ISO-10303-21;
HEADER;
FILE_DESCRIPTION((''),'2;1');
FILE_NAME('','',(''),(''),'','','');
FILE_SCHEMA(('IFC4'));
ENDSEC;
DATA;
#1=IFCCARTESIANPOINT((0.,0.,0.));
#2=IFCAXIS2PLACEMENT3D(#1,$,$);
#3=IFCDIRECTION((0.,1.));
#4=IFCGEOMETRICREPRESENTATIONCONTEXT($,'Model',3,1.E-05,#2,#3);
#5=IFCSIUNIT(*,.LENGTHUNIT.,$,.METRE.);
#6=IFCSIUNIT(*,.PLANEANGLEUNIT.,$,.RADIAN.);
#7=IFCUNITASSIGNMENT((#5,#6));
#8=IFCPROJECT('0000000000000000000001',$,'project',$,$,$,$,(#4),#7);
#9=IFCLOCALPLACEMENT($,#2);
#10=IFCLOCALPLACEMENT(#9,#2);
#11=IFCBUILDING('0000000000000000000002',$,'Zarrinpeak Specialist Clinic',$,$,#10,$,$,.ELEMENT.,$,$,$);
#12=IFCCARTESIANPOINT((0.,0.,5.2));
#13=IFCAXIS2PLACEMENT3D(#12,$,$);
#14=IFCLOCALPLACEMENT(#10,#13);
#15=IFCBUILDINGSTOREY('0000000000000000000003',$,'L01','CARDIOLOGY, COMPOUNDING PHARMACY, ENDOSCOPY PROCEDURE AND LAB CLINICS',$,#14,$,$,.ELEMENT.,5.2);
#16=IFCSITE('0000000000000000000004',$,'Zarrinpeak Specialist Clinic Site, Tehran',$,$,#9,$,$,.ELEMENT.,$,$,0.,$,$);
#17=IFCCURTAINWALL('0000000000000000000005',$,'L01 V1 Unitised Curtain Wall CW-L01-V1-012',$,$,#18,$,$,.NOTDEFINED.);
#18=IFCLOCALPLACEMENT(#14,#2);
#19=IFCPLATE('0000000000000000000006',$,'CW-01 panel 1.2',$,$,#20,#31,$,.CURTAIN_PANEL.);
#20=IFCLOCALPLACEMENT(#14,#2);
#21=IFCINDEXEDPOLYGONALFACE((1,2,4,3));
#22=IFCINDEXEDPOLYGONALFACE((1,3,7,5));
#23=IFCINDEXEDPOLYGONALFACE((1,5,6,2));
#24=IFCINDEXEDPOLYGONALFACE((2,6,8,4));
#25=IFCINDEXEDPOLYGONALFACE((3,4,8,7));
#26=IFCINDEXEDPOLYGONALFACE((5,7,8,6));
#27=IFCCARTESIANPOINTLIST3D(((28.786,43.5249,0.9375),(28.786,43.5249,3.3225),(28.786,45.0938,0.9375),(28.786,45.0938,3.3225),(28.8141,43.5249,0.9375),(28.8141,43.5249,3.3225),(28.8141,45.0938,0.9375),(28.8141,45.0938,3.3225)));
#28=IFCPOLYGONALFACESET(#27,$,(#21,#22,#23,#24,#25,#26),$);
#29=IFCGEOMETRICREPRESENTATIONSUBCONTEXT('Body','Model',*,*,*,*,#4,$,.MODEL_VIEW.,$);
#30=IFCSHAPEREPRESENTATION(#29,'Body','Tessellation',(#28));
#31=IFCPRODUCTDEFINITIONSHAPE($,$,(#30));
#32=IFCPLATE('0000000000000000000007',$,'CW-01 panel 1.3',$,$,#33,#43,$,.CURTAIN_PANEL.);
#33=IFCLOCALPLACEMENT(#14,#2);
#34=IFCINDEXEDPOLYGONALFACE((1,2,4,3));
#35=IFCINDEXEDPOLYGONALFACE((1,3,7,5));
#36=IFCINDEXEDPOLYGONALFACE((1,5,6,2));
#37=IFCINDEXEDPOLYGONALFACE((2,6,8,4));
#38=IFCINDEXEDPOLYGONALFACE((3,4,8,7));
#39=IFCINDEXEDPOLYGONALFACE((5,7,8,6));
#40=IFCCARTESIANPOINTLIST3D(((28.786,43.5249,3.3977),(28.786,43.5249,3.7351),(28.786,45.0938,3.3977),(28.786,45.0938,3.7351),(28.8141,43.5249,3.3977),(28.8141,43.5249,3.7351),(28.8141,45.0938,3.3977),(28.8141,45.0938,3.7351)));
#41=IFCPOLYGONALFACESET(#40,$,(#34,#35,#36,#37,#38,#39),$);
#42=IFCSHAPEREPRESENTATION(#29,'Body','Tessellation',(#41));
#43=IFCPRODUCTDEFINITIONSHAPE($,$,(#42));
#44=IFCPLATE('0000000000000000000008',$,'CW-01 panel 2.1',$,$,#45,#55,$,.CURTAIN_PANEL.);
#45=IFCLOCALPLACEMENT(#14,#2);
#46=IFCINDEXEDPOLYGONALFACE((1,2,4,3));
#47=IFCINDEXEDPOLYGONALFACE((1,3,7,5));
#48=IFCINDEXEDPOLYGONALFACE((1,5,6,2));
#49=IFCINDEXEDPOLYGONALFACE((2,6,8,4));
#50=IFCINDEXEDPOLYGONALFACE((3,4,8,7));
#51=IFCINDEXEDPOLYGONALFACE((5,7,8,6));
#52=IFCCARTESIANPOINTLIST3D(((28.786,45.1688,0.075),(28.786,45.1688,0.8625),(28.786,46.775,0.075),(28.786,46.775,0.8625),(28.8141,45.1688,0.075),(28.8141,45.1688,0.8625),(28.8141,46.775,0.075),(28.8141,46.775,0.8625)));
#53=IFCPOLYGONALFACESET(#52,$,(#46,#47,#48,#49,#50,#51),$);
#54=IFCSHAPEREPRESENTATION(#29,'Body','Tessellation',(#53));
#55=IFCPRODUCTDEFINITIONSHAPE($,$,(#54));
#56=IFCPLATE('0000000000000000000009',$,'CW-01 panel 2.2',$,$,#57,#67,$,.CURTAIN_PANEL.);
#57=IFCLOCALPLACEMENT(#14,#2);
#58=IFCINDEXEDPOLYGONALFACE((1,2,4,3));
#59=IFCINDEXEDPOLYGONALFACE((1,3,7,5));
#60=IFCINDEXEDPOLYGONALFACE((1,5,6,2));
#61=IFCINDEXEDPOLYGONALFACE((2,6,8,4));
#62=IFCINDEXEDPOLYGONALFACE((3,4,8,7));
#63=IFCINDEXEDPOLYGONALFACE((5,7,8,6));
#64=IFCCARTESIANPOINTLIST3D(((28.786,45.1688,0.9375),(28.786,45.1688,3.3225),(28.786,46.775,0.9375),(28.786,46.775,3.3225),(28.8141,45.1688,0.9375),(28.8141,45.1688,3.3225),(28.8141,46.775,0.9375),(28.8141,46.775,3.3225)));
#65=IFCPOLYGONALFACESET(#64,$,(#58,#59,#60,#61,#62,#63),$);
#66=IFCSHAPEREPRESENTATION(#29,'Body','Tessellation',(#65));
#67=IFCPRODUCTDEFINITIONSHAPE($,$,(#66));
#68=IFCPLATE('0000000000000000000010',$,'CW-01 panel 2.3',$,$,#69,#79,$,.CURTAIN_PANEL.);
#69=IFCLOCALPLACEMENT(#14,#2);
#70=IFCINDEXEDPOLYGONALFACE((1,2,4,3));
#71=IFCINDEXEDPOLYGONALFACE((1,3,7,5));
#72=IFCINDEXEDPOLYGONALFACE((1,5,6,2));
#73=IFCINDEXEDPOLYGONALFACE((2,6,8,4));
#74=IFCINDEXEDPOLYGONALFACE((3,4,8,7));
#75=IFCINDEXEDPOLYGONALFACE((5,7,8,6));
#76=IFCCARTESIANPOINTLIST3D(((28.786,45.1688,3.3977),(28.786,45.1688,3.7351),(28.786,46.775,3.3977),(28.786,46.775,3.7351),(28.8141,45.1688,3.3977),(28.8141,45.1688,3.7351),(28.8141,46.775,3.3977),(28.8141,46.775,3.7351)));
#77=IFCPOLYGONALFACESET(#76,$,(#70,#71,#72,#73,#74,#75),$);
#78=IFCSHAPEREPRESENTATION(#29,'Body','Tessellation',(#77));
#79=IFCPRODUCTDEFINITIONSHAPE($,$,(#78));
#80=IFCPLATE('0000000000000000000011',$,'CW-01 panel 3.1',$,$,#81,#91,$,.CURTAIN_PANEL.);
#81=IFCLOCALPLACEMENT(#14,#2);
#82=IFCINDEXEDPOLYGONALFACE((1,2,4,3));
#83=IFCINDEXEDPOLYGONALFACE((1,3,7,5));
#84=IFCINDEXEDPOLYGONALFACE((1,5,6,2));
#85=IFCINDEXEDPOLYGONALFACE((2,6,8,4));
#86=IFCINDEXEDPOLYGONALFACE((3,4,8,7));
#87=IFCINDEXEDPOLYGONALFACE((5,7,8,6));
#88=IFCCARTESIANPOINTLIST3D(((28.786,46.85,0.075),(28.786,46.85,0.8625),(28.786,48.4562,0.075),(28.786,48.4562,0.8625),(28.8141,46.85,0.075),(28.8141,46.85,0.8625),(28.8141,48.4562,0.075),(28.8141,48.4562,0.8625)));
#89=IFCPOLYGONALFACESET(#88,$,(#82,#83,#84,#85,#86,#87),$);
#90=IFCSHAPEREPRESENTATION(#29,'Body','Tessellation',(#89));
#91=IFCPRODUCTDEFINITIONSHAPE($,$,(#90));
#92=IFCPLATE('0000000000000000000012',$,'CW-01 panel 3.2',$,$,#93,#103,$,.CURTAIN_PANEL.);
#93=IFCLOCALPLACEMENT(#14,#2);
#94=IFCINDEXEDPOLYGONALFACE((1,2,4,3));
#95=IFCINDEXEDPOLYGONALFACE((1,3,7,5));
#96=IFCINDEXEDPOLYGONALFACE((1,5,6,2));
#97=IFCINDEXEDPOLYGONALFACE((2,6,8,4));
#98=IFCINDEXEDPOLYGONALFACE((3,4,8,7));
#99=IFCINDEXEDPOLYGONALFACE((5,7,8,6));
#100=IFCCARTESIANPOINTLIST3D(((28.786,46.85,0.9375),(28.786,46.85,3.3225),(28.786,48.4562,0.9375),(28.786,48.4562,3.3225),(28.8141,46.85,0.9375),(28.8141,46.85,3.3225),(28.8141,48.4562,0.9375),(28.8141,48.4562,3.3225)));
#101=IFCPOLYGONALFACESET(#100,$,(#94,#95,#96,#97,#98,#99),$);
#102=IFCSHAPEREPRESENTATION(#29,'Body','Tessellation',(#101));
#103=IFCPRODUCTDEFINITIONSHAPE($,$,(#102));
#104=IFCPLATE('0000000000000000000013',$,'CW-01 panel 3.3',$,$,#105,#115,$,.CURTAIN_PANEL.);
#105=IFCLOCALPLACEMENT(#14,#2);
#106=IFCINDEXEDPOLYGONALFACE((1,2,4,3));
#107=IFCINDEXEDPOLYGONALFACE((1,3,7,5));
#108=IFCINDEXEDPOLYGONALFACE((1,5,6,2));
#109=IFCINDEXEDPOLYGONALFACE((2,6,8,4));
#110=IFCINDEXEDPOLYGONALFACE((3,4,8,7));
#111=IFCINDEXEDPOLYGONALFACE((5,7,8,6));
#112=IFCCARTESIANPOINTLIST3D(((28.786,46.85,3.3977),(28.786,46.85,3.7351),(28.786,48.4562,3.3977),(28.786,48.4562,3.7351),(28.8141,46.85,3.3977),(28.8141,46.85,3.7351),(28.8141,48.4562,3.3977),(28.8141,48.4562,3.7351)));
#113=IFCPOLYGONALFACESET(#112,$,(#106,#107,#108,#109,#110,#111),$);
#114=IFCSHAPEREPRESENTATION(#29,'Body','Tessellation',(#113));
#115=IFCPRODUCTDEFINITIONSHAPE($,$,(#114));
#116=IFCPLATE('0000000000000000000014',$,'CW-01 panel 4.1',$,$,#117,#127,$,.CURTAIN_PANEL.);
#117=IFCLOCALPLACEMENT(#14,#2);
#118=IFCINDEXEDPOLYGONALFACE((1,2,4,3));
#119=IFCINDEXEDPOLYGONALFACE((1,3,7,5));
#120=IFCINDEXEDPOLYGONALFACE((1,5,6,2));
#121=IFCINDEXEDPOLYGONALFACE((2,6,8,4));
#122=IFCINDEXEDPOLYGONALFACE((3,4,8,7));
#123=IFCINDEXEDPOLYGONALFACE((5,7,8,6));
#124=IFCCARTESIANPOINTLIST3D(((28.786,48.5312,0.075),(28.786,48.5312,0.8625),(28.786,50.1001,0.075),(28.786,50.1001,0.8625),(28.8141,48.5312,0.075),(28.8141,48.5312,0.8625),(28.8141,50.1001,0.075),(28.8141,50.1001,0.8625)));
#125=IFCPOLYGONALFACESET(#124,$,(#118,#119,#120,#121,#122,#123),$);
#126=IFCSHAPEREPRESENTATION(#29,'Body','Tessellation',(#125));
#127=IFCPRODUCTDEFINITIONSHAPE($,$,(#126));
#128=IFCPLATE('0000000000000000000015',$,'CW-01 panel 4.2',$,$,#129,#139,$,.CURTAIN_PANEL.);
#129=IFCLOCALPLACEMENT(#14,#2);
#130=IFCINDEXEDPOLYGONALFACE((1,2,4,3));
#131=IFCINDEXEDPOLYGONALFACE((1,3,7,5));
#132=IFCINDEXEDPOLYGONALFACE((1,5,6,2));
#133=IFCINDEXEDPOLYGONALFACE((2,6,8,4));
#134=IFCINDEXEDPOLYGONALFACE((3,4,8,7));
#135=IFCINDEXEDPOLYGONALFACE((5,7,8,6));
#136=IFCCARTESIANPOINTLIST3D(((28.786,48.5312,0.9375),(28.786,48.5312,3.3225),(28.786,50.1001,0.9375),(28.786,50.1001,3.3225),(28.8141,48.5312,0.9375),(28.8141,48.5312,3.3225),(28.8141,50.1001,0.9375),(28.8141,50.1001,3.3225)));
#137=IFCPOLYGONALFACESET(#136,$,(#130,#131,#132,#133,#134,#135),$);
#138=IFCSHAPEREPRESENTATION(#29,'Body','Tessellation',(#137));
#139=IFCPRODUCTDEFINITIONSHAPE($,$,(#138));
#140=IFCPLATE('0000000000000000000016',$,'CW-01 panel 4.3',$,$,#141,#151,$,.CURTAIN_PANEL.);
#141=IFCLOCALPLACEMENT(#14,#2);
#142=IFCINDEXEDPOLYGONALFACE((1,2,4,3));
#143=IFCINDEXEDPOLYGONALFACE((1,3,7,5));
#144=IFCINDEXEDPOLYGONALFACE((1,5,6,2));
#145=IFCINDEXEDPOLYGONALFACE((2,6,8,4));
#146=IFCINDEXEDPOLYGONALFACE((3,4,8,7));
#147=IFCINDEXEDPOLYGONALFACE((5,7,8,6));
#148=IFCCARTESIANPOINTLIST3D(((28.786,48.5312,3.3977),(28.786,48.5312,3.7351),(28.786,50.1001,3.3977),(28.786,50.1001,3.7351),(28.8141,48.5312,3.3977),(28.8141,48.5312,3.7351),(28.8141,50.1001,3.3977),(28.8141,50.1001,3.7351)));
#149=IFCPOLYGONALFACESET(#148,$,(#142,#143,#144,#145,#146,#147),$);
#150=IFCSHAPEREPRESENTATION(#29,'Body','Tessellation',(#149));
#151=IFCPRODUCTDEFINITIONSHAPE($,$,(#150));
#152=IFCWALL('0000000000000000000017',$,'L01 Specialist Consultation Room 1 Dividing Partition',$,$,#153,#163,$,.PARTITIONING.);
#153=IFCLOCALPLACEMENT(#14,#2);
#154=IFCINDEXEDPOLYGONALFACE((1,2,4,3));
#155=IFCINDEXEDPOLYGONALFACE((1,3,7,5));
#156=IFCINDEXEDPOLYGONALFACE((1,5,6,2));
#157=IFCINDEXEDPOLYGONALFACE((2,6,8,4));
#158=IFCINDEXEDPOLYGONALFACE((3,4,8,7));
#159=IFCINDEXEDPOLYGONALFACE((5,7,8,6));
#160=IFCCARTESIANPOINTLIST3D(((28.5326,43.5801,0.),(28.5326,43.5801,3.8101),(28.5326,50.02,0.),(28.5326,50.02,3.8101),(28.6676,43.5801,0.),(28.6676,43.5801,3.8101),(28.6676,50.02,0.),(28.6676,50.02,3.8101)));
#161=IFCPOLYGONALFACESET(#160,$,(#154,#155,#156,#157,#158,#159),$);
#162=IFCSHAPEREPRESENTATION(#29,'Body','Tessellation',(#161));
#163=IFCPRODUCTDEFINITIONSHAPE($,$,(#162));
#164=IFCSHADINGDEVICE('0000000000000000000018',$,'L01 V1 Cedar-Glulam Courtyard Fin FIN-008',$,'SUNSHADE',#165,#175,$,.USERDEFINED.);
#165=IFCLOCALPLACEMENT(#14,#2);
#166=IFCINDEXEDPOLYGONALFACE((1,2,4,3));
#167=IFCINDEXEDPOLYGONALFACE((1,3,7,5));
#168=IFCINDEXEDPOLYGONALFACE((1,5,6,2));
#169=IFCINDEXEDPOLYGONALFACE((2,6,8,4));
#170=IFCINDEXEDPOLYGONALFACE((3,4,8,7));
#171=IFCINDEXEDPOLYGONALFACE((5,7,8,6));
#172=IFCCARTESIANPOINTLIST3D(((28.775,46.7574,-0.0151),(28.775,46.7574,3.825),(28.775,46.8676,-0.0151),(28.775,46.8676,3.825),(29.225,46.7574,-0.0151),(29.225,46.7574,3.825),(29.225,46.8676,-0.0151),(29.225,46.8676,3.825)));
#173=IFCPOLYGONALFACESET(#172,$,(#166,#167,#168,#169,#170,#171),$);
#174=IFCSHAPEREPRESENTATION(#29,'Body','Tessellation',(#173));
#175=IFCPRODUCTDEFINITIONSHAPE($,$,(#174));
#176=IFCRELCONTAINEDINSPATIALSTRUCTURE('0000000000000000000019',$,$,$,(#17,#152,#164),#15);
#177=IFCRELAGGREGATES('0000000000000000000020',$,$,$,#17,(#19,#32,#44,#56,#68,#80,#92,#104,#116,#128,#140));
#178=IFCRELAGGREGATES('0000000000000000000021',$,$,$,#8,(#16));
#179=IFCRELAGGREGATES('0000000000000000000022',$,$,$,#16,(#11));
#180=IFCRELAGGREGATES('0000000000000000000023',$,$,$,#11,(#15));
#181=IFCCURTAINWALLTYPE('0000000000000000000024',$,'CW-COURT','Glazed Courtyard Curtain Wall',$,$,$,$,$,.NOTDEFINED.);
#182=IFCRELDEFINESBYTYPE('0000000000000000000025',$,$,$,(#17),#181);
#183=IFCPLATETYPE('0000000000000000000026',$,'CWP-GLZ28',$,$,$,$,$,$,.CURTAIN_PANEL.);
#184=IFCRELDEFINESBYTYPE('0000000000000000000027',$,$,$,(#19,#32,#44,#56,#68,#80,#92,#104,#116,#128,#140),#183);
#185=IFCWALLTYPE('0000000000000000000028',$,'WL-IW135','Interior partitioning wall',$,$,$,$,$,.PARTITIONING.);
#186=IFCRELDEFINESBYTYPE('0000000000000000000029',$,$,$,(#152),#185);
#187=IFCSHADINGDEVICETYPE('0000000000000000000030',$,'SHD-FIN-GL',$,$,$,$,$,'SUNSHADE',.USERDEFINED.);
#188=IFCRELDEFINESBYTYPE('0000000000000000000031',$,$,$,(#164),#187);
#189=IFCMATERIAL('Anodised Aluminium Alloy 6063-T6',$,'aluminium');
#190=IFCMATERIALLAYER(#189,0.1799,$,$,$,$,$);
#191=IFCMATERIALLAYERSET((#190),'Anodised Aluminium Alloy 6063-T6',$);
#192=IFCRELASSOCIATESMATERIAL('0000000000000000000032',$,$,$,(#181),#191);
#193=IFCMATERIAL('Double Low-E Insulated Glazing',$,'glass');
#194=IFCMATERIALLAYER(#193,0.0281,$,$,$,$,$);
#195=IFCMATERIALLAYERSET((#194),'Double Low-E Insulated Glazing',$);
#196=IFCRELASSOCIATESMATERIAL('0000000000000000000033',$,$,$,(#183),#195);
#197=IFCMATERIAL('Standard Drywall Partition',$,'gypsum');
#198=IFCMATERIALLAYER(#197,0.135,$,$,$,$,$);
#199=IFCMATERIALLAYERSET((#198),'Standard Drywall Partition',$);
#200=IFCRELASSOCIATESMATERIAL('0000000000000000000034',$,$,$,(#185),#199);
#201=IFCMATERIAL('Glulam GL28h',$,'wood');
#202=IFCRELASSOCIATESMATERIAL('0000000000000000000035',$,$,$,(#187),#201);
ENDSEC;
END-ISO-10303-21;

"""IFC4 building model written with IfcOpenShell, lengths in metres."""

from ifc_helpers import new_model, si_unit, direction, frame, frame_2d, origin, origin_2d, place, context, subcontext, project, spatial, rectangle, extrude, material, layer, layer_set, type_object, element, aggregate, save


model = new_model("IFC4")

# Units and contexts
model_context = context("Model", 3, precision=1e-05, world=origin(), true_north=direction((0.0, 1.0)))
body_context = subcontext(model_context, "Body", "Model", "MODEL_VIEW")
ifc_project = project(units=[si_unit("LENGTHUNIT", "METRE"), si_unit("PLANEANGLEUNIT", "RADIAN")], contexts=[model_context])

# Site, building, storey
site_placement = place(None, origin())
site = spatial("IfcSite", under=ifc_project, at=site_placement, Name="Zarrinpeak Specialist Clinic Site, Tehran", CompositionType="ELEMENT", RefElevation=0.0)
building_placement = place(site_placement, origin())
building = spatial("IfcBuilding", under=site, at=building_placement, Name="Zarrinpeak Specialist Clinic", CompositionType="ELEMENT")
storey_placement = place(building_placement, frame((0.0, 0.0, 5.2)))
storey = spatial("IfcBuildingStorey", under=building, at=storey_placement, Name="L01", Description="CARDIOLOGY, COMPOUNDING PHARMACY, ENDOSCOPY PROCEDURE AND LAB CLINICS", CompositionType="ELEMENT", Elevation=5.2)

# Curtain wall, plates
ifc_material_1 = material(Name="Anodised Aluminium Alloy 6063-T6", Category="aluminium")
ifc_layer_1 = layer(ifc_material_1, 0.1799)
ifc_layer_set_1 = layer_set([ifc_layer_1], Name="Anodised Aluminium Alloy 6063-T6")
curtain_wall_type = type_object("IfcCurtainWallType", Name="CW-COURT", Description="Glazed Courtyard Curtain Wall", PredefinedType="NOTDEFINED", material=ifc_layer_set_1)
curtain_wall_placement = place(storey_placement, origin())
curtain_wall = element("IfcCurtainWall", 1, at=curtain_wall_placement, inside=storey, type_object=curtain_wall_type, Name="L01 V1 Unitised Curtain Wall CW-L01-V1-012", PredefinedType="NOTDEFINED")
ifc_material_2 = material(Name="Double Low-E Insulated Glazing", Category="glass")
ifc_layer_2 = layer(ifc_material_2, 0.0281)
ifc_layer_set_2 = layer_set([ifc_layer_2], Name="Double Low-E Insulated Glazing")
plate_type = type_object("IfcPlateType", Name="CWP-GLZ28", PredefinedType="CURTAIN_PANEL", material=ifc_layer_set_2)
plate_1_placement = place(storey_placement, frame((28.8, 44.3093, 0.9375), z_axis=(0.0, 0.0, 1.0), x_axis=(0.0, 1.0, 0.0)))
plate_1 = element("IfcPlate", 2, at=plate_1_placement, type_object=plate_type, Name="CW-01 panel 1.2", PredefinedType="CURTAIN_PANEL", context=body_context, shape_type="SweptSolid", body=[
    extrude(rectangle(XDim=1.5688, YDim=0.0281, at=origin_2d()), origin(), (0.0, 0.0, 1.0), 2.385),
])
plate_2_placement = place(storey_placement, frame((28.8, 44.3093, 3.3977), z_axis=(0.0, 0.0, 1.0), x_axis=(0.0, 1.0, 0.0)))
plate_2 = element("IfcPlate", 3, at=plate_2_placement, type_object=plate_type, Name="CW-01 panel 1.3", PredefinedType="CURTAIN_PANEL", context=body_context, shape_type="SweptSolid", body=[
    extrude(rectangle(XDim=1.5688, YDim=0.0281, at=origin_2d()), origin(), (0.0, 0.0, 1.0), 0.3374),
])
plate_3_placement = place(storey_placement, frame((28.8, 45.9719, 0.075), z_axis=(0.0, 0.0, 1.0), x_axis=(0.0, 1.0, 0.0)))
plate_3 = element("IfcPlate", 4, at=plate_3_placement, type_object=plate_type, Name="CW-01 panel 2.1", PredefinedType="CURTAIN_PANEL", context=body_context, shape_type="SweptSolid", body=[
    extrude(rectangle(XDim=1.6062, YDim=0.0281, at=origin_2d()), origin(), (0.0, 0.0, 1.0), 0.7876),
])
plate_4_placement = place(storey_placement, frame((28.8, 45.9719, 0.9375), z_axis=(0.0, 0.0, 1.0), x_axis=(0.0, 1.0, 0.0)))
plate_4 = element("IfcPlate", 5, at=plate_4_placement, type_object=plate_type, Name="CW-01 panel 2.2", PredefinedType="CURTAIN_PANEL", context=body_context, shape_type="SweptSolid", body=[
    extrude(rectangle(XDim=1.6062, YDim=0.0281, at=origin_2d()), origin(), (0.0, 0.0, 1.0), 2.385),
])
plate_5_placement = place(storey_placement, frame((28.8, 45.9719, 3.3977), z_axis=(0.0, 0.0, 1.0), x_axis=(0.0, 1.0, 0.0)))
plate_5 = element("IfcPlate", 6, at=plate_5_placement, type_object=plate_type, Name="CW-01 panel 2.3", PredefinedType="CURTAIN_PANEL", context=body_context, shape_type="SweptSolid", body=[
    extrude(rectangle(XDim=1.6062, YDim=0.0281, at=origin_2d()), origin(), (0.0, 0.0, 1.0), 0.3374),
])
plate_6_placement = place(storey_placement, frame((28.8, 47.6531, 0.075), z_axis=(0.0, 0.0, 1.0), x_axis=(0.0, 1.0, 0.0)))
plate_6 = element("IfcPlate", 7, at=plate_6_placement, type_object=plate_type, Name="CW-01 panel 3.1", PredefinedType="CURTAIN_PANEL", context=body_context, shape_type="SweptSolid", body=[
    extrude(rectangle(XDim=1.6062, YDim=0.0281, at=origin_2d()), origin(), (0.0, 0.0, 1.0), 0.7876),
])
plate_7_placement = place(storey_placement, frame((28.8, 47.6531, 0.9375), z_axis=(0.0, 0.0, 1.0), x_axis=(0.0, 1.0, 0.0)))
plate_7 = element("IfcPlate", 8, at=plate_7_placement, type_object=plate_type, Name="CW-01 panel 3.2", PredefinedType="CURTAIN_PANEL", context=body_context, shape_type="SweptSolid", body=[
    extrude(rectangle(XDim=1.6062, YDim=0.0281, at=origin_2d()), origin(), (0.0, 0.0, 1.0), 2.385),
])
plate_8_placement = place(storey_placement, frame((28.8, 47.6531, 3.3977), z_axis=(0.0, 0.0, 1.0), x_axis=(0.0, 1.0, 0.0)))
plate_8 = element("IfcPlate", 9, at=plate_8_placement, type_object=plate_type, Name="CW-01 panel 3.3", PredefinedType="CURTAIN_PANEL", context=body_context, shape_type="SweptSolid", body=[
    extrude(rectangle(XDim=1.6062, YDim=0.0281, at=origin_2d()), origin(), (0.0, 0.0, 1.0), 0.3374),
])
plate_9_placement = place(storey_placement, frame((28.8, 49.3157, 0.075), z_axis=(0.0, 0.0, 1.0), x_axis=(0.0, 1.0, 0.0)))
plate_9 = element("IfcPlate", 10, at=plate_9_placement, type_object=plate_type, Name="CW-01 panel 4.1", PredefinedType="CURTAIN_PANEL", context=body_context, shape_type="SweptSolid", body=[
    extrude(rectangle(XDim=1.5688, YDim=0.0281, at=origin_2d()), origin(), (0.0, 0.0, 1.0), 0.7876),
])
plate_10_placement = place(storey_placement, frame((28.8, 49.3157, 0.9375), z_axis=(0.0, 0.0, 1.0), x_axis=(0.0, 1.0, 0.0)))
plate_10 = element("IfcPlate", 11, at=plate_10_placement, type_object=plate_type, Name="CW-01 panel 4.2", PredefinedType="CURTAIN_PANEL", context=body_context, shape_type="SweptSolid", body=[
    extrude(rectangle(XDim=1.5688, YDim=0.0281, at=origin_2d()), origin(), (0.0, 0.0, 1.0), 2.385),
])
plate_11_placement = place(storey_placement, frame((28.8, 49.3157, 3.3977), z_axis=(0.0, 0.0, 1.0), x_axis=(0.0, 1.0, 0.0)))
plate_11 = element("IfcPlate", 12, at=plate_11_placement, type_object=plate_type, Name="CW-01 panel 4.3", PredefinedType="CURTAIN_PANEL", context=body_context, shape_type="SweptSolid", body=[
    extrude(rectangle(XDim=1.5688, YDim=0.0281, at=origin_2d()), origin(), (0.0, 0.0, 1.0), 0.3374),
])
aggregate(curtain_wall, [plate_1, plate_2, plate_3, plate_4, plate_5, plate_6, plate_7, plate_8, plate_9, plate_10, plate_11])

# Wall
ifc_material_3 = material(Name="Standard Drywall Partition", Category="gypsum")
ifc_layer_3 = layer(ifc_material_3, 0.135)
ifc_layer_set_3 = layer_set([ifc_layer_3], Name="Standard Drywall Partition")
wall_type = type_object("IfcWallType", Name="WL-IW135", Description="Interior partitioning wall", PredefinedType="PARTITIONING", material=ifc_layer_set_3)
wall_placement = place(storey_placement, frame((28.6001, 43.5801, 0.0), z_axis=(0.0, 0.0, 1.0), x_axis=(0.0, 1.0, 0.0)))
element("IfcWall", 13, at=wall_placement, inside=storey, type_object=wall_type, Name="L01 Specialist Consultation Room 1 Dividing Partition", PredefinedType="PARTITIONING", context=body_context, shape_type="SweptSolid", body=[
    extrude(rectangle(XDim=6.4399, YDim=0.135, at=frame_2d((3.22, 0.0))), origin(), (0.0, 0.0, 1.0), 3.8101),
])

# Shading device
ifc_material_4 = material(Name="Glulam GL28h", Category="wood")
shading_device_type = type_object("IfcShadingDeviceType", Name="SHD-FIN-GL", ElementType="SUNSHADE", PredefinedType="USERDEFINED", material=ifc_material_4)
shading_device_placement = place(storey_placement, frame((29.0, 46.8125, -0.0151), z_axis=(0.0, 0.0, 1.0), x_axis=(1.0, 0.0, 0.0)))
element("IfcShadingDevice", 14, at=shading_device_placement, inside=storey, type_object=shading_device_type, Name="L01 V1 Cedar-Glulam Courtyard Fin FIN-008", ObjectType="SUNSHADE", PredefinedType="USERDEFINED", context=body_context, shape_type="SweptSolid", body=[
    extrude(rectangle(XDim=0.45, YDim=0.1101, at=origin_2d()), origin(), (0.0, 0.0, 1.0), 3.8401),
])

save(model, "model.ifc")
